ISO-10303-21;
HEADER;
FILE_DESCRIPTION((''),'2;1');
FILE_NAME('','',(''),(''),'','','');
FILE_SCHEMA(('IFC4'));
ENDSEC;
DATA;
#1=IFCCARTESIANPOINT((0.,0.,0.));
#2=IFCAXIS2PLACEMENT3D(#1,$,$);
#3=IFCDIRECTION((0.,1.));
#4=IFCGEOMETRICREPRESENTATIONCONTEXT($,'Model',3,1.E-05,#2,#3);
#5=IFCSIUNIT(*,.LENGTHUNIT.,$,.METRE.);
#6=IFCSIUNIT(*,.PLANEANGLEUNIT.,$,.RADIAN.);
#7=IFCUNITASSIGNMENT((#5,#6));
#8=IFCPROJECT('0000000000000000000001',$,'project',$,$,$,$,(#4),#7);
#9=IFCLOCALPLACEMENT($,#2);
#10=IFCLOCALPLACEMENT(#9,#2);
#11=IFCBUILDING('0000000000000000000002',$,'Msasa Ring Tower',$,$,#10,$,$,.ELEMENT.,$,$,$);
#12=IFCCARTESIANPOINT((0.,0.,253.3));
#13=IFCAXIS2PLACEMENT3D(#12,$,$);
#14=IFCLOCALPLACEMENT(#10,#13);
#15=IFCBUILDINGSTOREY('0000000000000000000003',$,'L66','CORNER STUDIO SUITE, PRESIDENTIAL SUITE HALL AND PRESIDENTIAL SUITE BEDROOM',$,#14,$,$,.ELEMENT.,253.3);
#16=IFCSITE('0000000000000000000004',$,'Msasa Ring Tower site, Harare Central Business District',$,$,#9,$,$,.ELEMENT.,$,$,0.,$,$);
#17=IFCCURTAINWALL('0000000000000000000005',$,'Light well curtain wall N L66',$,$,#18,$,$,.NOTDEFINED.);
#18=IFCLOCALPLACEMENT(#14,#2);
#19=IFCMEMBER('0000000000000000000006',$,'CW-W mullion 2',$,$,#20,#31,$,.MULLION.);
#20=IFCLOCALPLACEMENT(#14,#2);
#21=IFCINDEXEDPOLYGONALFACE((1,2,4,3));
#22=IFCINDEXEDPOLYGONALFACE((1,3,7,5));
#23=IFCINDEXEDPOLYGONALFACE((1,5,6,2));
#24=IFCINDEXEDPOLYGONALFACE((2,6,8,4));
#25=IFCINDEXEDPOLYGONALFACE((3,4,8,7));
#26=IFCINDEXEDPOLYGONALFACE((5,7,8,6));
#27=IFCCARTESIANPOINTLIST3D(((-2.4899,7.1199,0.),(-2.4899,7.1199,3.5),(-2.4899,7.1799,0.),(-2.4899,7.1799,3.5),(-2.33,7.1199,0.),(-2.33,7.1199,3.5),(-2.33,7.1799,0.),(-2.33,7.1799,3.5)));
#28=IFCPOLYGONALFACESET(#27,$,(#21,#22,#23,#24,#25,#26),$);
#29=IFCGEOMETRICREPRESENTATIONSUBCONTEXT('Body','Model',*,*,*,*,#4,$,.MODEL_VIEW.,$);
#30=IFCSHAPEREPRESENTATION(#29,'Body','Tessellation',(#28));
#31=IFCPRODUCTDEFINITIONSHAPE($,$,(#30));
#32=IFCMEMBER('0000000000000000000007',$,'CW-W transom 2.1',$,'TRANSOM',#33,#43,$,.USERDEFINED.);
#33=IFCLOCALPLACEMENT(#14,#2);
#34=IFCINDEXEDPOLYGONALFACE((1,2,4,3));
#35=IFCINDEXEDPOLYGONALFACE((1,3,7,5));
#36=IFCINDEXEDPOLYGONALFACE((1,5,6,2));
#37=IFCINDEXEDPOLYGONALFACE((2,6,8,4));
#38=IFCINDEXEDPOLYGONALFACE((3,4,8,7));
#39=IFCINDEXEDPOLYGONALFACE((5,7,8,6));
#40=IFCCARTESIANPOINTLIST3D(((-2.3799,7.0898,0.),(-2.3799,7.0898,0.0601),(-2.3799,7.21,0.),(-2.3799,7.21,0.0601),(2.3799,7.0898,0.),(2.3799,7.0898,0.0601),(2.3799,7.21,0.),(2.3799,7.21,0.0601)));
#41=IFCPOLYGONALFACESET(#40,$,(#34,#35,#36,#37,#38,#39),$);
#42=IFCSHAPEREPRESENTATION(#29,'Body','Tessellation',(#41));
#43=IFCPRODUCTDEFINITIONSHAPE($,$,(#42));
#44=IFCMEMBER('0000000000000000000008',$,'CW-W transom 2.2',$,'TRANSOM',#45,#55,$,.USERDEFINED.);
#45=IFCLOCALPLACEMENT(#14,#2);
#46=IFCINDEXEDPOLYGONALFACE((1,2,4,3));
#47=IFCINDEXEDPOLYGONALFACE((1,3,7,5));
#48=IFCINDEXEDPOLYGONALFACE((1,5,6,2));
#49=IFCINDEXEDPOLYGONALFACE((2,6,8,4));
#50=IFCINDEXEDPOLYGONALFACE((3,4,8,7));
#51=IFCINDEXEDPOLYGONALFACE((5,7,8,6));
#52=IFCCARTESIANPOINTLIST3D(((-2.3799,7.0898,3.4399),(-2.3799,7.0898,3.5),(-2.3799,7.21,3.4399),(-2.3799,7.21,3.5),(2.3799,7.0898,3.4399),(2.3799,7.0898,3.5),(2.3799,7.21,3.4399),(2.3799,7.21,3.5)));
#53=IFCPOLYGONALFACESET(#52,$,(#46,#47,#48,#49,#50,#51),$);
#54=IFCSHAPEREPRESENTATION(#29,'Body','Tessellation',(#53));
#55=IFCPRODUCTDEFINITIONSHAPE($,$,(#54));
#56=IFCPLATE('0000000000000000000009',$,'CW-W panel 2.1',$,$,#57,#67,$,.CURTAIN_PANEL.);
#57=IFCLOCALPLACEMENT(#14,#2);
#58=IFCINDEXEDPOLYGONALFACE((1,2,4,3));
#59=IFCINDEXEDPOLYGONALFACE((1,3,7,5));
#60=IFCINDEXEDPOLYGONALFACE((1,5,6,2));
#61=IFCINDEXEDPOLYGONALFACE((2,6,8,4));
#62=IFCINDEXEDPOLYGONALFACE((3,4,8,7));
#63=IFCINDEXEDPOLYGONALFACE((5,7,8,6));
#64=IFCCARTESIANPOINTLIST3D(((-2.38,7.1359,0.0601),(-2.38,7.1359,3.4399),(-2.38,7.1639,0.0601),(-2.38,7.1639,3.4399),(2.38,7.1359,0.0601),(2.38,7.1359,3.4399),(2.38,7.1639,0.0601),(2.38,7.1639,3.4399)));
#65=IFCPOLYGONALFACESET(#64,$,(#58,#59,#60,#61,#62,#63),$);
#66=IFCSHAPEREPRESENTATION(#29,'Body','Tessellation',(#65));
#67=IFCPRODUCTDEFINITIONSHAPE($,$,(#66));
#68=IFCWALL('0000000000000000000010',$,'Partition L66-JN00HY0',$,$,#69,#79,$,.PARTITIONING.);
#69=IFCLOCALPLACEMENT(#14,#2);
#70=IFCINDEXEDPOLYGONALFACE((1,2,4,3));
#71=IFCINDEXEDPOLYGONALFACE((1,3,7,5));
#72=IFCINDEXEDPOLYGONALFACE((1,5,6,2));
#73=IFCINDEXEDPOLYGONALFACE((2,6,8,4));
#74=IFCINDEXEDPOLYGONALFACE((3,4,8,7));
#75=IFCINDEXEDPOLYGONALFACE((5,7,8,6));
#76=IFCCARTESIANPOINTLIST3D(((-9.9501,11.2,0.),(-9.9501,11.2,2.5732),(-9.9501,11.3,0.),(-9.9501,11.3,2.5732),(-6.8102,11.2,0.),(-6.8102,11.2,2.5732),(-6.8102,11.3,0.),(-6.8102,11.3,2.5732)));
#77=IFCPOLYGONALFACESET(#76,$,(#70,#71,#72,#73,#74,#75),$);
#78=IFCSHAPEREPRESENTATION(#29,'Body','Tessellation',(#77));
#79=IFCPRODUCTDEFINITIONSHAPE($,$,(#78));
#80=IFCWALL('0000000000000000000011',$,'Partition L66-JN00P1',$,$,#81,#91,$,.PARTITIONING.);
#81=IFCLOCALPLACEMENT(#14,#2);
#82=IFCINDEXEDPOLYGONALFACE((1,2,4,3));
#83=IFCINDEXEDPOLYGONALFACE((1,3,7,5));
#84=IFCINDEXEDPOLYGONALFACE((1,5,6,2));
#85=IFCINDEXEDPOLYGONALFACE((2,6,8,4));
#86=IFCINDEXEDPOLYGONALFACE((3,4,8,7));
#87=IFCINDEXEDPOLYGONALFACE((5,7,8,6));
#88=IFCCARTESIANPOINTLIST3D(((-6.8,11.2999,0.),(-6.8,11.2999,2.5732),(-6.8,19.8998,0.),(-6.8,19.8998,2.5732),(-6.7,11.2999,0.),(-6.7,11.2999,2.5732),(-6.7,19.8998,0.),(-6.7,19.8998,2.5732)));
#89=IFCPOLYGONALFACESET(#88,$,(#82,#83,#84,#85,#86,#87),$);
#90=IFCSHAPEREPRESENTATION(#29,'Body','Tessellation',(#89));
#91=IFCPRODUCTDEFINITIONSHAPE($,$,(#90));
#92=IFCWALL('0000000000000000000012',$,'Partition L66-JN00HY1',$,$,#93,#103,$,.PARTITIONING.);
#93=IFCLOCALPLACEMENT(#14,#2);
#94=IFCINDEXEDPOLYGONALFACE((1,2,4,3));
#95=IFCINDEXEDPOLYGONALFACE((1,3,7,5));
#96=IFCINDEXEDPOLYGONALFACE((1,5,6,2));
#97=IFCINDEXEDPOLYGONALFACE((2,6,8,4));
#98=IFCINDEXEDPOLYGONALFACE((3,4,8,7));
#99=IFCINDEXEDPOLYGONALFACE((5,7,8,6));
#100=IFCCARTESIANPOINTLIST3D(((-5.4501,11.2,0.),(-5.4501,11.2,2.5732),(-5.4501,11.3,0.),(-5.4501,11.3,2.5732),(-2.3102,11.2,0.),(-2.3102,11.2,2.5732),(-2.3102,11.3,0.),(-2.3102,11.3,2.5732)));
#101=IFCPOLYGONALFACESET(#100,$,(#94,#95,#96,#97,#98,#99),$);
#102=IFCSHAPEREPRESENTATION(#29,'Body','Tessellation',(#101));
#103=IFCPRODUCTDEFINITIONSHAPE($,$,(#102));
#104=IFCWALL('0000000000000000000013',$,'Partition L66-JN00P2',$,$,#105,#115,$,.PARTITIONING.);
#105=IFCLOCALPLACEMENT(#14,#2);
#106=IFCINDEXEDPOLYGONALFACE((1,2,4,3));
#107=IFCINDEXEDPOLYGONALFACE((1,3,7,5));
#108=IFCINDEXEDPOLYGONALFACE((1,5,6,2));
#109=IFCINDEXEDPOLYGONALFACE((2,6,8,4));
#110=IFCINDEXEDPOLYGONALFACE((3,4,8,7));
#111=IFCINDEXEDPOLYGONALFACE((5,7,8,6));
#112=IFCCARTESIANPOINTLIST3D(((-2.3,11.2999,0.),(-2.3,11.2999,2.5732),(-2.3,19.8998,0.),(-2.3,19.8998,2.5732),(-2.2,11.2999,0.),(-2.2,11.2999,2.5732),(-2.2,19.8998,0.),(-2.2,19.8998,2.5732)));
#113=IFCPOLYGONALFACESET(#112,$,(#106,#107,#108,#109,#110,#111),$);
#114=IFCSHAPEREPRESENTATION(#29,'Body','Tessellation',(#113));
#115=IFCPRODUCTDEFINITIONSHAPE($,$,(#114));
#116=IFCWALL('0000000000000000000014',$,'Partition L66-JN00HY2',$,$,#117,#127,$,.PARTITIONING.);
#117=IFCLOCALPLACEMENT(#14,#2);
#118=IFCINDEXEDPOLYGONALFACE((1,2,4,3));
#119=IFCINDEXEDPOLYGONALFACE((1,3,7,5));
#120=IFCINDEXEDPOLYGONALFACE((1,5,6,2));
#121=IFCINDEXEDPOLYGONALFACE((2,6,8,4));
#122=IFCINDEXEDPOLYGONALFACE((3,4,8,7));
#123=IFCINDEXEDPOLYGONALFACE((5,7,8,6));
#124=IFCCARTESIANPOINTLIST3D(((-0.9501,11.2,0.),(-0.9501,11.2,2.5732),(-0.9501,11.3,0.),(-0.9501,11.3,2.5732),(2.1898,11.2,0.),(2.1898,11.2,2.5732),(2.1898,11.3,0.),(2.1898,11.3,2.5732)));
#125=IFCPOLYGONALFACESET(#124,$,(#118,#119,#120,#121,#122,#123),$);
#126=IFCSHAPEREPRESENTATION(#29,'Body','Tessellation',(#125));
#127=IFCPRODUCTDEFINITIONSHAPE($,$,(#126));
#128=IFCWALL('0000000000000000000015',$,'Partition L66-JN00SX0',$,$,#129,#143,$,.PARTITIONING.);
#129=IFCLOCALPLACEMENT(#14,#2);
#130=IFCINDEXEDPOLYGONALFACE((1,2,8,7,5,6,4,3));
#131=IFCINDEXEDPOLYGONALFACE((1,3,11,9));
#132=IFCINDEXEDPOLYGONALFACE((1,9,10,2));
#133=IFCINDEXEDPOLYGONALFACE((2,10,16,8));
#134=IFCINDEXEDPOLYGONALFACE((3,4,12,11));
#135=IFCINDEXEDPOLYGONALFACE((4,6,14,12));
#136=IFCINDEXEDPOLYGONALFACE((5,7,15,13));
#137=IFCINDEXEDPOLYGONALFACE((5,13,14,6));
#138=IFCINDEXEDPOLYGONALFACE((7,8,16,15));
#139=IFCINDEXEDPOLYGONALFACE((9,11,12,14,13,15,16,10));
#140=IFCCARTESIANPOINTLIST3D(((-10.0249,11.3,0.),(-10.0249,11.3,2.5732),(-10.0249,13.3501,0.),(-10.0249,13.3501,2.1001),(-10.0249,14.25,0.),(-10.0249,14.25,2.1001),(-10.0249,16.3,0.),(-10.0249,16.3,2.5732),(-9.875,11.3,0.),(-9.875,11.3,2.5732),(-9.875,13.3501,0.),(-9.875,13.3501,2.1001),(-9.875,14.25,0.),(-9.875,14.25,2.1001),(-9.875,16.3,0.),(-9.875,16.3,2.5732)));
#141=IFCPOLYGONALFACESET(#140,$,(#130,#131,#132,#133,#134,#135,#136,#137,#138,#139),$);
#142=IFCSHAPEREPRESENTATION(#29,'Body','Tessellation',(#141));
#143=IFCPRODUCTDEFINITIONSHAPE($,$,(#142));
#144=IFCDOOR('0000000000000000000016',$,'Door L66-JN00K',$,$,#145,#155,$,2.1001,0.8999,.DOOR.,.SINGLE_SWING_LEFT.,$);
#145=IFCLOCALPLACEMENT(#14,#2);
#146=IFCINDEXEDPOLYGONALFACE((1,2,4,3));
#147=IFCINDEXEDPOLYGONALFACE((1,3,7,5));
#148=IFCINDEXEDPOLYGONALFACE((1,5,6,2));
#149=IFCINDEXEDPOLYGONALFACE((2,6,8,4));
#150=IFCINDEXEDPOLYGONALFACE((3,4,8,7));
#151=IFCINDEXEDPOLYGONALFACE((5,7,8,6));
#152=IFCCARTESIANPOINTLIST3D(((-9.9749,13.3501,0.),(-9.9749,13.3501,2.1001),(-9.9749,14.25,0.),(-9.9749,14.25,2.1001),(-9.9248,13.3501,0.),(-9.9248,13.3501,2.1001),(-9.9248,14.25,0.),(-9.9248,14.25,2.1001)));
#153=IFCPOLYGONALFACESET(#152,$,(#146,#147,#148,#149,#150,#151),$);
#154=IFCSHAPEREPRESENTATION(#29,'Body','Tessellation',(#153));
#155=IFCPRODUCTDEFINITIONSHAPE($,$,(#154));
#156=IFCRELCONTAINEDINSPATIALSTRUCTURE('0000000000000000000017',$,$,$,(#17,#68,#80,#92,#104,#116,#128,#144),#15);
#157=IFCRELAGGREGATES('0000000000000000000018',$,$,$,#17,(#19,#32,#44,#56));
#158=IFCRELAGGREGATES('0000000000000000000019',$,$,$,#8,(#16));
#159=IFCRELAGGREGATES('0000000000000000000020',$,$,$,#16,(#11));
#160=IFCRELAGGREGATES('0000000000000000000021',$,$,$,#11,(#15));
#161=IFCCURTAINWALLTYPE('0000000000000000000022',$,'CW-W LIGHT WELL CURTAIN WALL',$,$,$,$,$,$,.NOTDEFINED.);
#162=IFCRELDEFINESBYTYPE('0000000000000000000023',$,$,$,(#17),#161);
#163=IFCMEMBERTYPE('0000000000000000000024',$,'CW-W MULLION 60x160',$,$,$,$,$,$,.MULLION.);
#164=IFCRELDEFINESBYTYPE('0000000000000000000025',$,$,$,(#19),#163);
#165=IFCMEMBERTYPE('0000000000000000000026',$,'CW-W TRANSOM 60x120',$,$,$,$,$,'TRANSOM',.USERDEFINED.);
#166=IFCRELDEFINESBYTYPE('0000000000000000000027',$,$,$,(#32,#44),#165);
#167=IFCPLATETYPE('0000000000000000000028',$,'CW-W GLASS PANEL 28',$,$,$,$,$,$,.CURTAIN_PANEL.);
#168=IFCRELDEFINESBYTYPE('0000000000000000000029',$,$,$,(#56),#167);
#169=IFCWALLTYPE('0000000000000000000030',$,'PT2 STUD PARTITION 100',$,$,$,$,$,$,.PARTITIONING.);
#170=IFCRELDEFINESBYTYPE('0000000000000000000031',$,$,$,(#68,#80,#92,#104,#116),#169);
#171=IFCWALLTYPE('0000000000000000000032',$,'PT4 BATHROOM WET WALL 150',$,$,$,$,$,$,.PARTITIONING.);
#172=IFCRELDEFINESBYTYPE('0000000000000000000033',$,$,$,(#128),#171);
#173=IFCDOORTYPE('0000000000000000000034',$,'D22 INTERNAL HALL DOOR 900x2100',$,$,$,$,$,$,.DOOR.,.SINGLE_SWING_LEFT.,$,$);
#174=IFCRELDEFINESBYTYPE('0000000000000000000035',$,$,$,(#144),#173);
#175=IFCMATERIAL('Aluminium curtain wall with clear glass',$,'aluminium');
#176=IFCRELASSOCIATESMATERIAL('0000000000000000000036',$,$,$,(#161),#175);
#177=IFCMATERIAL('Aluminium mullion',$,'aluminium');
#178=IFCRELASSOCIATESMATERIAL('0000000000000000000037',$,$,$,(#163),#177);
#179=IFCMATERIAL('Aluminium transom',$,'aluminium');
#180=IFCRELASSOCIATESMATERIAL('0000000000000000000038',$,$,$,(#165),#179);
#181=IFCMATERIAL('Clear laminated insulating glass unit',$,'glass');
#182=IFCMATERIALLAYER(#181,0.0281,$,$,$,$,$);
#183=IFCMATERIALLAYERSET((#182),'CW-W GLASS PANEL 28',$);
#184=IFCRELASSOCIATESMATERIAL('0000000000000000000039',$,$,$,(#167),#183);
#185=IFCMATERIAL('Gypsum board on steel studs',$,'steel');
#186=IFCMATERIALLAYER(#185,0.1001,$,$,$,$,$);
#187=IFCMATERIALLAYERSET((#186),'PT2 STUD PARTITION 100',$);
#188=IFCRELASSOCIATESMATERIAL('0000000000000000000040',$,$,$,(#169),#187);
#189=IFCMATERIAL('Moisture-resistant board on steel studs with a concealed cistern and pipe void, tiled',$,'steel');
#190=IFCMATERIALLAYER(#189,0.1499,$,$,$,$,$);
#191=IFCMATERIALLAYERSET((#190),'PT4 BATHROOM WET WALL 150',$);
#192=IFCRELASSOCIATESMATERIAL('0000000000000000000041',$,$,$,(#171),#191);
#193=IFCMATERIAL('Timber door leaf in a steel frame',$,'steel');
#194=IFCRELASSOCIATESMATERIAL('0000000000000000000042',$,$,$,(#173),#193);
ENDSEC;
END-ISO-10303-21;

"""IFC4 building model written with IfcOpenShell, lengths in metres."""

from ifc_helpers import new_model, si_unit, direction, frame, frame_2d, origin, origin_2d, place, context, subcontext, project, spatial, rectangle, extrude, material, layer, layer_set, material_profile, profile_set, type_object, element, fill, aggregate, save


model = new_model("IFC4")

# Units and contexts
model_context = context("Model", 3, precision=1e-05, world=origin(), true_north=direction((0.0, 1.0)))
body_context = subcontext(model_context, "Body", "Model", "MODEL_VIEW")
ifc_project = project(units=[si_unit("LENGTHUNIT", "METRE"), si_unit("PLANEANGLEUNIT", "RADIAN")], contexts=[model_context])

# Site, building, storey
site_placement = place(None, origin())
site = spatial("IfcSite", under=ifc_project, at=site_placement, Name="Msasa Ring Tower site, Harare Central Business District", CompositionType="ELEMENT", RefElevation=0.0)
building_placement = place(site_placement, origin())
building = spatial("IfcBuilding", under=site, at=building_placement, Name="Msasa Ring Tower", CompositionType="ELEMENT")
storey_placement = place(building_placement, frame((0.0, 0.0, 253.3)))
storey = spatial("IfcBuildingStorey", under=building, at=storey_placement, Name="L66", Description="CORNER STUDIO SUITE, PRESIDENTIAL SUITE HALL AND PRESIDENTIAL SUITE BEDROOM", CompositionType="ELEMENT", Elevation=253.3)

# Curtain wall, members, plate
ifc_material_1 = material(Name="Aluminium curtain wall with clear glass", Category="aluminium")
curtain_wall_type = type_object("IfcCurtainWallType", Name="CW-W LIGHT WELL CURTAIN WALL", PredefinedType="NOTDEFINED", material=ifc_material_1)
curtain_wall_placement = place(storey_placement, origin())
curtain_wall = element("IfcCurtainWall", 1, at=curtain_wall_placement, inside=storey, type_object=curtain_wall_type, Name="Light well curtain wall N L66", PredefinedType="NOTDEFINED")
ifc_material_2 = material(Name="Aluminium mullion", Category="aluminium")
ifc_material_profile_1 = material_profile(ifc_material_2, rectangle(XDim=0.0601, YDim=0.1599, at=origin_2d()), Name="AL 60x160")
ifc_profile_set_1 = profile_set([ifc_material_profile_1], Name="Aluminium mullion")
member_type_1 = type_object("IfcMemberType", Name="CW-W MULLION 60x160", PredefinedType="MULLION", material=ifc_profile_set_1)
member_1_placement = place(storey_placement, frame((-2.4099, 7.1499, 0.0), z_axis=(0.0, 0.0, 1.0), x_axis=(0.0, 1.0, 0.0)))
member_1 = element("IfcMember", 2, at=member_1_placement, type_object=member_type_1, Name="CW-W mullion 2", PredefinedType="MULLION", context=body_context, shape_type="SweptSolid", body=[
    extrude(rectangle(XDim=0.0601, YDim=0.1599, at=origin_2d()), origin(), (0.0, 0.0, 1.0), 3.5),
])
ifc_material_3 = material(Name="Aluminium transom", Category="aluminium")
ifc_material_profile_2 = material_profile(ifc_material_3, rectangle(XDim=0.1201, YDim=0.0601, at=origin_2d()), Name="AL 60x120")
ifc_profile_set_2 = profile_set([ifc_material_profile_2], Name="Aluminium transom")
member_type_2 = type_object("IfcMemberType", Name="CW-W TRANSOM 60x120", ElementType="TRANSOM", PredefinedType="USERDEFINED", material=ifc_profile_set_2)
member_2_placement = place(storey_placement, frame((-2.3799, 7.1499, 0.03), z_axis=(1.0, 0.0, 0.0), x_axis=(0.0, 1.0, 0.0)))
member_2 = element("IfcMember", 3, at=member_2_placement, type_object=member_type_2, Name="CW-W transom 2.1", ObjectType="TRANSOM", PredefinedType="USERDEFINED", context=body_context, shape_type="SweptSolid", body=[
    extrude(rectangle(XDim=0.1201, YDim=0.0601, at=origin_2d()), origin(), (0.0, 0.0, 1.0), 4.7598),
])
member_3_placement = place(storey_placement, frame((-2.3799, 7.1499, 3.47), z_axis=(1.0, 0.0, 0.0), x_axis=(0.0, 1.0, 0.0)))
member_3 = element("IfcMember", 4, at=member_3_placement, type_object=member_type_2, Name="CW-W transom 2.2", ObjectType="TRANSOM", PredefinedType="USERDEFINED", context=body_context, shape_type="SweptSolid", body=[
    extrude(rectangle(XDim=0.1201, YDim=0.0601, at=origin_2d()), origin(), (0.0, 0.0, 1.0), 4.7598),
])
ifc_material_4 = material(Name="Clear laminated insulating glass unit", Category="glass")
ifc_layer_1 = layer(ifc_material_4, 0.0281)
ifc_layer_set_1 = layer_set([ifc_layer_1], Name="CW-W GLASS PANEL 28")
plate_type = type_object("IfcPlateType", Name="CW-W GLASS PANEL 28", PredefinedType="CURTAIN_PANEL", material=ifc_layer_set_1)
plate_placement = place(storey_placement, frame((0.0, 7.1499, 0.0601), z_axis=(0.0, 0.0, 1.0), x_axis=(1.0, 0.0, 0.0)))
plate = element("IfcPlate", 5, at=plate_placement, type_object=plate_type, Name="CW-W panel 2.1", PredefinedType="CURTAIN_PANEL", context=body_context, shape_type="SweptSolid", body=[
    extrude(rectangle(XDim=4.76, YDim=0.0281, at=origin_2d()), origin(), (0.0, 0.0, 1.0), 3.3799),
])
aggregate(curtain_wall, [member_1, member_2, member_3, plate])

# Walls
ifc_material_5 = material(Name="Gypsum board on steel studs", Category="steel")
ifc_layer_2 = layer(ifc_material_5, 0.1001)
ifc_layer_set_2 = layer_set([ifc_layer_2], Name="PT2 STUD PARTITION 100")
wall_type_1 = type_object("IfcWallType", Name="PT2 STUD PARTITION 100", PredefinedType="PARTITIONING", material=ifc_layer_set_2)
wall_1_placement = place(storey_placement, frame((-9.95, 11.25, 0.0), z_axis=(0.0, 0.0, 1.0), x_axis=(1.0, 0.0, 0.0)))
element("IfcWall", 6, at=wall_1_placement, inside=storey, type_object=wall_type_1, Name="Partition L66-JN00HY0", PredefinedType="PARTITIONING", context=body_context, shape_type="SweptSolid", body=[
    extrude(rectangle(XDim=3.1399, YDim=0.1001, at=frame_2d((1.5698, 0.0))), origin(), (0.0, 0.0, 1.0), 2.5732),
])
wall_2_placement = place(storey_placement, frame((-6.75, 11.3, 0.0), z_axis=(0.0, 0.0, 1.0), x_axis=(0.0, 1.0, 0.0)))
element("IfcWall", 7, at=wall_2_placement, inside=storey, type_object=wall_type_1, Name="Partition L66-JN00P1", PredefinedType="PARTITIONING", context=body_context, shape_type="SweptSolid", body=[
    extrude(rectangle(XDim=8.5999, YDim=0.1001, at=frame_2d((4.2998, 0.0))), origin(), (0.0, 0.0, 1.0), 2.5732),
])
wall_3_placement = place(storey_placement, frame((-5.45, 11.25, 0.0), z_axis=(0.0, 0.0, 1.0), x_axis=(1.0, 0.0, 0.0)))
element("IfcWall", 8, at=wall_3_placement, inside=storey, type_object=wall_type_1, Name="Partition L66-JN00HY1", PredefinedType="PARTITIONING", context=body_context, shape_type="SweptSolid", body=[
    extrude(rectangle(XDim=3.1399, YDim=0.1001, at=frame_2d((1.5698, 0.0))), origin(), (0.0, 0.0, 1.0), 2.5732),
])
wall_4_placement = place(storey_placement, frame((-2.25, 11.3, 0.0), z_axis=(0.0, 0.0, 1.0), x_axis=(0.0, 1.0, 0.0)))
element("IfcWall", 9, at=wall_4_placement, inside=storey, type_object=wall_type_1, Name="Partition L66-JN00P2", PredefinedType="PARTITIONING", context=body_context, shape_type="SweptSolid", body=[
    extrude(rectangle(XDim=8.5999, YDim=0.1001, at=frame_2d((4.2998, 0.0))), origin(), (0.0, 0.0, 1.0), 2.5732),
])
wall_5_placement = place(storey_placement, frame((-0.95, 11.25, 0.0), z_axis=(0.0, 0.0, 1.0), x_axis=(1.0, 0.0, 0.0)))
element("IfcWall", 10, at=wall_5_placement, inside=storey, type_object=wall_type_1, Name="Partition L66-JN00HY2", PredefinedType="PARTITIONING", context=body_context, shape_type="SweptSolid", body=[
    extrude(rectangle(XDim=3.1399, YDim=0.1001, at=frame_2d((1.5698, 0.0))), origin(), (0.0, 0.0, 1.0), 2.5732),
])

# Wall, opening, door
ifc_material_6 = material(Name="Moisture-resistant board on steel studs with a concealed cistern and pipe void, tiled", Category="steel")
ifc_layer_3 = layer(ifc_material_6, 0.1499)
ifc_layer_set_3 = layer_set([ifc_layer_3], Name="PT4 BATHROOM WET WALL 150")
wall_type_2 = type_object("IfcWallType", Name="PT4 BATHROOM WET WALL 150", PredefinedType="PARTITIONING", material=ifc_layer_set_3)
wall_6_placement = place(storey_placement, frame((-9.95, 11.3, 0.0), z_axis=(0.0, 0.0, 1.0), x_axis=(0.0, 1.0, 0.0)))
wall_6 = element("IfcWall", 11, at=wall_6_placement, inside=storey, type_object=wall_type_2, Name="Partition L66-JN00SX0", PredefinedType="PARTITIONING", context=body_context, shape_type="SweptSolid", body=[
    extrude(rectangle(XDim=5.0, YDim=0.1499, at=frame_2d((2.5, 0.0))), origin(), (0.0, 0.0, 1.0), 2.5732),
])
opening_1_placement = place(wall_6_placement, frame((2.05, 0.0, 0.0)))
opening_1 = element("IfcOpeningElement", 12, at=opening_1_placement, cuts=wall_6, PredefinedType="OPENING", context=body_context, shape_type="SweptSolid", body=[
    extrude(rectangle(XDim=0.8999, YDim=2.1001, at=frame_2d((0.45, 1.05))), frame((0.0, 0.085, 0.0), z_axis=(0.0, -1.0, 0.0), x_axis=(1.0, 0.0, 0.0)), (0.0, 0.0, 1.0), 0.1699),
])
ifc_material_7 = material(Name="Timber door leaf in a steel frame", Category="steel")
door_type_1 = type_object("IfcDoorType", Name="D22 INTERNAL HALL DOOR 900x2100", OperationType="SINGLE_SWING_LEFT", PredefinedType="DOOR", material=ifc_material_7)
door_1_placement = place(opening_1_placement, origin())
door_1 = element("IfcDoor", 13, at=door_1_placement, inside=storey, type_object=door_type_1, Name="Door L66-JN00K", OperationType="SINGLE_SWING_LEFT", OverallHeight=2.1001, OverallWidth=0.8999, PredefinedType="DOOR", context=body_context, shape_type="SweptSolid", body=[
    extrude(rectangle(XDim=0.8999, YDim=2.1001, at=frame_2d((0.45, 1.05))), frame((0.0, 0.0249, 0.0), z_axis=(0.0, -1.0, 0.0), x_axis=(1.0, 0.0, 0.0)), (0.0, 0.0, 1.0), 0.05),
])
fill(opening_1, door_1)

save(model, "model.ifc")
